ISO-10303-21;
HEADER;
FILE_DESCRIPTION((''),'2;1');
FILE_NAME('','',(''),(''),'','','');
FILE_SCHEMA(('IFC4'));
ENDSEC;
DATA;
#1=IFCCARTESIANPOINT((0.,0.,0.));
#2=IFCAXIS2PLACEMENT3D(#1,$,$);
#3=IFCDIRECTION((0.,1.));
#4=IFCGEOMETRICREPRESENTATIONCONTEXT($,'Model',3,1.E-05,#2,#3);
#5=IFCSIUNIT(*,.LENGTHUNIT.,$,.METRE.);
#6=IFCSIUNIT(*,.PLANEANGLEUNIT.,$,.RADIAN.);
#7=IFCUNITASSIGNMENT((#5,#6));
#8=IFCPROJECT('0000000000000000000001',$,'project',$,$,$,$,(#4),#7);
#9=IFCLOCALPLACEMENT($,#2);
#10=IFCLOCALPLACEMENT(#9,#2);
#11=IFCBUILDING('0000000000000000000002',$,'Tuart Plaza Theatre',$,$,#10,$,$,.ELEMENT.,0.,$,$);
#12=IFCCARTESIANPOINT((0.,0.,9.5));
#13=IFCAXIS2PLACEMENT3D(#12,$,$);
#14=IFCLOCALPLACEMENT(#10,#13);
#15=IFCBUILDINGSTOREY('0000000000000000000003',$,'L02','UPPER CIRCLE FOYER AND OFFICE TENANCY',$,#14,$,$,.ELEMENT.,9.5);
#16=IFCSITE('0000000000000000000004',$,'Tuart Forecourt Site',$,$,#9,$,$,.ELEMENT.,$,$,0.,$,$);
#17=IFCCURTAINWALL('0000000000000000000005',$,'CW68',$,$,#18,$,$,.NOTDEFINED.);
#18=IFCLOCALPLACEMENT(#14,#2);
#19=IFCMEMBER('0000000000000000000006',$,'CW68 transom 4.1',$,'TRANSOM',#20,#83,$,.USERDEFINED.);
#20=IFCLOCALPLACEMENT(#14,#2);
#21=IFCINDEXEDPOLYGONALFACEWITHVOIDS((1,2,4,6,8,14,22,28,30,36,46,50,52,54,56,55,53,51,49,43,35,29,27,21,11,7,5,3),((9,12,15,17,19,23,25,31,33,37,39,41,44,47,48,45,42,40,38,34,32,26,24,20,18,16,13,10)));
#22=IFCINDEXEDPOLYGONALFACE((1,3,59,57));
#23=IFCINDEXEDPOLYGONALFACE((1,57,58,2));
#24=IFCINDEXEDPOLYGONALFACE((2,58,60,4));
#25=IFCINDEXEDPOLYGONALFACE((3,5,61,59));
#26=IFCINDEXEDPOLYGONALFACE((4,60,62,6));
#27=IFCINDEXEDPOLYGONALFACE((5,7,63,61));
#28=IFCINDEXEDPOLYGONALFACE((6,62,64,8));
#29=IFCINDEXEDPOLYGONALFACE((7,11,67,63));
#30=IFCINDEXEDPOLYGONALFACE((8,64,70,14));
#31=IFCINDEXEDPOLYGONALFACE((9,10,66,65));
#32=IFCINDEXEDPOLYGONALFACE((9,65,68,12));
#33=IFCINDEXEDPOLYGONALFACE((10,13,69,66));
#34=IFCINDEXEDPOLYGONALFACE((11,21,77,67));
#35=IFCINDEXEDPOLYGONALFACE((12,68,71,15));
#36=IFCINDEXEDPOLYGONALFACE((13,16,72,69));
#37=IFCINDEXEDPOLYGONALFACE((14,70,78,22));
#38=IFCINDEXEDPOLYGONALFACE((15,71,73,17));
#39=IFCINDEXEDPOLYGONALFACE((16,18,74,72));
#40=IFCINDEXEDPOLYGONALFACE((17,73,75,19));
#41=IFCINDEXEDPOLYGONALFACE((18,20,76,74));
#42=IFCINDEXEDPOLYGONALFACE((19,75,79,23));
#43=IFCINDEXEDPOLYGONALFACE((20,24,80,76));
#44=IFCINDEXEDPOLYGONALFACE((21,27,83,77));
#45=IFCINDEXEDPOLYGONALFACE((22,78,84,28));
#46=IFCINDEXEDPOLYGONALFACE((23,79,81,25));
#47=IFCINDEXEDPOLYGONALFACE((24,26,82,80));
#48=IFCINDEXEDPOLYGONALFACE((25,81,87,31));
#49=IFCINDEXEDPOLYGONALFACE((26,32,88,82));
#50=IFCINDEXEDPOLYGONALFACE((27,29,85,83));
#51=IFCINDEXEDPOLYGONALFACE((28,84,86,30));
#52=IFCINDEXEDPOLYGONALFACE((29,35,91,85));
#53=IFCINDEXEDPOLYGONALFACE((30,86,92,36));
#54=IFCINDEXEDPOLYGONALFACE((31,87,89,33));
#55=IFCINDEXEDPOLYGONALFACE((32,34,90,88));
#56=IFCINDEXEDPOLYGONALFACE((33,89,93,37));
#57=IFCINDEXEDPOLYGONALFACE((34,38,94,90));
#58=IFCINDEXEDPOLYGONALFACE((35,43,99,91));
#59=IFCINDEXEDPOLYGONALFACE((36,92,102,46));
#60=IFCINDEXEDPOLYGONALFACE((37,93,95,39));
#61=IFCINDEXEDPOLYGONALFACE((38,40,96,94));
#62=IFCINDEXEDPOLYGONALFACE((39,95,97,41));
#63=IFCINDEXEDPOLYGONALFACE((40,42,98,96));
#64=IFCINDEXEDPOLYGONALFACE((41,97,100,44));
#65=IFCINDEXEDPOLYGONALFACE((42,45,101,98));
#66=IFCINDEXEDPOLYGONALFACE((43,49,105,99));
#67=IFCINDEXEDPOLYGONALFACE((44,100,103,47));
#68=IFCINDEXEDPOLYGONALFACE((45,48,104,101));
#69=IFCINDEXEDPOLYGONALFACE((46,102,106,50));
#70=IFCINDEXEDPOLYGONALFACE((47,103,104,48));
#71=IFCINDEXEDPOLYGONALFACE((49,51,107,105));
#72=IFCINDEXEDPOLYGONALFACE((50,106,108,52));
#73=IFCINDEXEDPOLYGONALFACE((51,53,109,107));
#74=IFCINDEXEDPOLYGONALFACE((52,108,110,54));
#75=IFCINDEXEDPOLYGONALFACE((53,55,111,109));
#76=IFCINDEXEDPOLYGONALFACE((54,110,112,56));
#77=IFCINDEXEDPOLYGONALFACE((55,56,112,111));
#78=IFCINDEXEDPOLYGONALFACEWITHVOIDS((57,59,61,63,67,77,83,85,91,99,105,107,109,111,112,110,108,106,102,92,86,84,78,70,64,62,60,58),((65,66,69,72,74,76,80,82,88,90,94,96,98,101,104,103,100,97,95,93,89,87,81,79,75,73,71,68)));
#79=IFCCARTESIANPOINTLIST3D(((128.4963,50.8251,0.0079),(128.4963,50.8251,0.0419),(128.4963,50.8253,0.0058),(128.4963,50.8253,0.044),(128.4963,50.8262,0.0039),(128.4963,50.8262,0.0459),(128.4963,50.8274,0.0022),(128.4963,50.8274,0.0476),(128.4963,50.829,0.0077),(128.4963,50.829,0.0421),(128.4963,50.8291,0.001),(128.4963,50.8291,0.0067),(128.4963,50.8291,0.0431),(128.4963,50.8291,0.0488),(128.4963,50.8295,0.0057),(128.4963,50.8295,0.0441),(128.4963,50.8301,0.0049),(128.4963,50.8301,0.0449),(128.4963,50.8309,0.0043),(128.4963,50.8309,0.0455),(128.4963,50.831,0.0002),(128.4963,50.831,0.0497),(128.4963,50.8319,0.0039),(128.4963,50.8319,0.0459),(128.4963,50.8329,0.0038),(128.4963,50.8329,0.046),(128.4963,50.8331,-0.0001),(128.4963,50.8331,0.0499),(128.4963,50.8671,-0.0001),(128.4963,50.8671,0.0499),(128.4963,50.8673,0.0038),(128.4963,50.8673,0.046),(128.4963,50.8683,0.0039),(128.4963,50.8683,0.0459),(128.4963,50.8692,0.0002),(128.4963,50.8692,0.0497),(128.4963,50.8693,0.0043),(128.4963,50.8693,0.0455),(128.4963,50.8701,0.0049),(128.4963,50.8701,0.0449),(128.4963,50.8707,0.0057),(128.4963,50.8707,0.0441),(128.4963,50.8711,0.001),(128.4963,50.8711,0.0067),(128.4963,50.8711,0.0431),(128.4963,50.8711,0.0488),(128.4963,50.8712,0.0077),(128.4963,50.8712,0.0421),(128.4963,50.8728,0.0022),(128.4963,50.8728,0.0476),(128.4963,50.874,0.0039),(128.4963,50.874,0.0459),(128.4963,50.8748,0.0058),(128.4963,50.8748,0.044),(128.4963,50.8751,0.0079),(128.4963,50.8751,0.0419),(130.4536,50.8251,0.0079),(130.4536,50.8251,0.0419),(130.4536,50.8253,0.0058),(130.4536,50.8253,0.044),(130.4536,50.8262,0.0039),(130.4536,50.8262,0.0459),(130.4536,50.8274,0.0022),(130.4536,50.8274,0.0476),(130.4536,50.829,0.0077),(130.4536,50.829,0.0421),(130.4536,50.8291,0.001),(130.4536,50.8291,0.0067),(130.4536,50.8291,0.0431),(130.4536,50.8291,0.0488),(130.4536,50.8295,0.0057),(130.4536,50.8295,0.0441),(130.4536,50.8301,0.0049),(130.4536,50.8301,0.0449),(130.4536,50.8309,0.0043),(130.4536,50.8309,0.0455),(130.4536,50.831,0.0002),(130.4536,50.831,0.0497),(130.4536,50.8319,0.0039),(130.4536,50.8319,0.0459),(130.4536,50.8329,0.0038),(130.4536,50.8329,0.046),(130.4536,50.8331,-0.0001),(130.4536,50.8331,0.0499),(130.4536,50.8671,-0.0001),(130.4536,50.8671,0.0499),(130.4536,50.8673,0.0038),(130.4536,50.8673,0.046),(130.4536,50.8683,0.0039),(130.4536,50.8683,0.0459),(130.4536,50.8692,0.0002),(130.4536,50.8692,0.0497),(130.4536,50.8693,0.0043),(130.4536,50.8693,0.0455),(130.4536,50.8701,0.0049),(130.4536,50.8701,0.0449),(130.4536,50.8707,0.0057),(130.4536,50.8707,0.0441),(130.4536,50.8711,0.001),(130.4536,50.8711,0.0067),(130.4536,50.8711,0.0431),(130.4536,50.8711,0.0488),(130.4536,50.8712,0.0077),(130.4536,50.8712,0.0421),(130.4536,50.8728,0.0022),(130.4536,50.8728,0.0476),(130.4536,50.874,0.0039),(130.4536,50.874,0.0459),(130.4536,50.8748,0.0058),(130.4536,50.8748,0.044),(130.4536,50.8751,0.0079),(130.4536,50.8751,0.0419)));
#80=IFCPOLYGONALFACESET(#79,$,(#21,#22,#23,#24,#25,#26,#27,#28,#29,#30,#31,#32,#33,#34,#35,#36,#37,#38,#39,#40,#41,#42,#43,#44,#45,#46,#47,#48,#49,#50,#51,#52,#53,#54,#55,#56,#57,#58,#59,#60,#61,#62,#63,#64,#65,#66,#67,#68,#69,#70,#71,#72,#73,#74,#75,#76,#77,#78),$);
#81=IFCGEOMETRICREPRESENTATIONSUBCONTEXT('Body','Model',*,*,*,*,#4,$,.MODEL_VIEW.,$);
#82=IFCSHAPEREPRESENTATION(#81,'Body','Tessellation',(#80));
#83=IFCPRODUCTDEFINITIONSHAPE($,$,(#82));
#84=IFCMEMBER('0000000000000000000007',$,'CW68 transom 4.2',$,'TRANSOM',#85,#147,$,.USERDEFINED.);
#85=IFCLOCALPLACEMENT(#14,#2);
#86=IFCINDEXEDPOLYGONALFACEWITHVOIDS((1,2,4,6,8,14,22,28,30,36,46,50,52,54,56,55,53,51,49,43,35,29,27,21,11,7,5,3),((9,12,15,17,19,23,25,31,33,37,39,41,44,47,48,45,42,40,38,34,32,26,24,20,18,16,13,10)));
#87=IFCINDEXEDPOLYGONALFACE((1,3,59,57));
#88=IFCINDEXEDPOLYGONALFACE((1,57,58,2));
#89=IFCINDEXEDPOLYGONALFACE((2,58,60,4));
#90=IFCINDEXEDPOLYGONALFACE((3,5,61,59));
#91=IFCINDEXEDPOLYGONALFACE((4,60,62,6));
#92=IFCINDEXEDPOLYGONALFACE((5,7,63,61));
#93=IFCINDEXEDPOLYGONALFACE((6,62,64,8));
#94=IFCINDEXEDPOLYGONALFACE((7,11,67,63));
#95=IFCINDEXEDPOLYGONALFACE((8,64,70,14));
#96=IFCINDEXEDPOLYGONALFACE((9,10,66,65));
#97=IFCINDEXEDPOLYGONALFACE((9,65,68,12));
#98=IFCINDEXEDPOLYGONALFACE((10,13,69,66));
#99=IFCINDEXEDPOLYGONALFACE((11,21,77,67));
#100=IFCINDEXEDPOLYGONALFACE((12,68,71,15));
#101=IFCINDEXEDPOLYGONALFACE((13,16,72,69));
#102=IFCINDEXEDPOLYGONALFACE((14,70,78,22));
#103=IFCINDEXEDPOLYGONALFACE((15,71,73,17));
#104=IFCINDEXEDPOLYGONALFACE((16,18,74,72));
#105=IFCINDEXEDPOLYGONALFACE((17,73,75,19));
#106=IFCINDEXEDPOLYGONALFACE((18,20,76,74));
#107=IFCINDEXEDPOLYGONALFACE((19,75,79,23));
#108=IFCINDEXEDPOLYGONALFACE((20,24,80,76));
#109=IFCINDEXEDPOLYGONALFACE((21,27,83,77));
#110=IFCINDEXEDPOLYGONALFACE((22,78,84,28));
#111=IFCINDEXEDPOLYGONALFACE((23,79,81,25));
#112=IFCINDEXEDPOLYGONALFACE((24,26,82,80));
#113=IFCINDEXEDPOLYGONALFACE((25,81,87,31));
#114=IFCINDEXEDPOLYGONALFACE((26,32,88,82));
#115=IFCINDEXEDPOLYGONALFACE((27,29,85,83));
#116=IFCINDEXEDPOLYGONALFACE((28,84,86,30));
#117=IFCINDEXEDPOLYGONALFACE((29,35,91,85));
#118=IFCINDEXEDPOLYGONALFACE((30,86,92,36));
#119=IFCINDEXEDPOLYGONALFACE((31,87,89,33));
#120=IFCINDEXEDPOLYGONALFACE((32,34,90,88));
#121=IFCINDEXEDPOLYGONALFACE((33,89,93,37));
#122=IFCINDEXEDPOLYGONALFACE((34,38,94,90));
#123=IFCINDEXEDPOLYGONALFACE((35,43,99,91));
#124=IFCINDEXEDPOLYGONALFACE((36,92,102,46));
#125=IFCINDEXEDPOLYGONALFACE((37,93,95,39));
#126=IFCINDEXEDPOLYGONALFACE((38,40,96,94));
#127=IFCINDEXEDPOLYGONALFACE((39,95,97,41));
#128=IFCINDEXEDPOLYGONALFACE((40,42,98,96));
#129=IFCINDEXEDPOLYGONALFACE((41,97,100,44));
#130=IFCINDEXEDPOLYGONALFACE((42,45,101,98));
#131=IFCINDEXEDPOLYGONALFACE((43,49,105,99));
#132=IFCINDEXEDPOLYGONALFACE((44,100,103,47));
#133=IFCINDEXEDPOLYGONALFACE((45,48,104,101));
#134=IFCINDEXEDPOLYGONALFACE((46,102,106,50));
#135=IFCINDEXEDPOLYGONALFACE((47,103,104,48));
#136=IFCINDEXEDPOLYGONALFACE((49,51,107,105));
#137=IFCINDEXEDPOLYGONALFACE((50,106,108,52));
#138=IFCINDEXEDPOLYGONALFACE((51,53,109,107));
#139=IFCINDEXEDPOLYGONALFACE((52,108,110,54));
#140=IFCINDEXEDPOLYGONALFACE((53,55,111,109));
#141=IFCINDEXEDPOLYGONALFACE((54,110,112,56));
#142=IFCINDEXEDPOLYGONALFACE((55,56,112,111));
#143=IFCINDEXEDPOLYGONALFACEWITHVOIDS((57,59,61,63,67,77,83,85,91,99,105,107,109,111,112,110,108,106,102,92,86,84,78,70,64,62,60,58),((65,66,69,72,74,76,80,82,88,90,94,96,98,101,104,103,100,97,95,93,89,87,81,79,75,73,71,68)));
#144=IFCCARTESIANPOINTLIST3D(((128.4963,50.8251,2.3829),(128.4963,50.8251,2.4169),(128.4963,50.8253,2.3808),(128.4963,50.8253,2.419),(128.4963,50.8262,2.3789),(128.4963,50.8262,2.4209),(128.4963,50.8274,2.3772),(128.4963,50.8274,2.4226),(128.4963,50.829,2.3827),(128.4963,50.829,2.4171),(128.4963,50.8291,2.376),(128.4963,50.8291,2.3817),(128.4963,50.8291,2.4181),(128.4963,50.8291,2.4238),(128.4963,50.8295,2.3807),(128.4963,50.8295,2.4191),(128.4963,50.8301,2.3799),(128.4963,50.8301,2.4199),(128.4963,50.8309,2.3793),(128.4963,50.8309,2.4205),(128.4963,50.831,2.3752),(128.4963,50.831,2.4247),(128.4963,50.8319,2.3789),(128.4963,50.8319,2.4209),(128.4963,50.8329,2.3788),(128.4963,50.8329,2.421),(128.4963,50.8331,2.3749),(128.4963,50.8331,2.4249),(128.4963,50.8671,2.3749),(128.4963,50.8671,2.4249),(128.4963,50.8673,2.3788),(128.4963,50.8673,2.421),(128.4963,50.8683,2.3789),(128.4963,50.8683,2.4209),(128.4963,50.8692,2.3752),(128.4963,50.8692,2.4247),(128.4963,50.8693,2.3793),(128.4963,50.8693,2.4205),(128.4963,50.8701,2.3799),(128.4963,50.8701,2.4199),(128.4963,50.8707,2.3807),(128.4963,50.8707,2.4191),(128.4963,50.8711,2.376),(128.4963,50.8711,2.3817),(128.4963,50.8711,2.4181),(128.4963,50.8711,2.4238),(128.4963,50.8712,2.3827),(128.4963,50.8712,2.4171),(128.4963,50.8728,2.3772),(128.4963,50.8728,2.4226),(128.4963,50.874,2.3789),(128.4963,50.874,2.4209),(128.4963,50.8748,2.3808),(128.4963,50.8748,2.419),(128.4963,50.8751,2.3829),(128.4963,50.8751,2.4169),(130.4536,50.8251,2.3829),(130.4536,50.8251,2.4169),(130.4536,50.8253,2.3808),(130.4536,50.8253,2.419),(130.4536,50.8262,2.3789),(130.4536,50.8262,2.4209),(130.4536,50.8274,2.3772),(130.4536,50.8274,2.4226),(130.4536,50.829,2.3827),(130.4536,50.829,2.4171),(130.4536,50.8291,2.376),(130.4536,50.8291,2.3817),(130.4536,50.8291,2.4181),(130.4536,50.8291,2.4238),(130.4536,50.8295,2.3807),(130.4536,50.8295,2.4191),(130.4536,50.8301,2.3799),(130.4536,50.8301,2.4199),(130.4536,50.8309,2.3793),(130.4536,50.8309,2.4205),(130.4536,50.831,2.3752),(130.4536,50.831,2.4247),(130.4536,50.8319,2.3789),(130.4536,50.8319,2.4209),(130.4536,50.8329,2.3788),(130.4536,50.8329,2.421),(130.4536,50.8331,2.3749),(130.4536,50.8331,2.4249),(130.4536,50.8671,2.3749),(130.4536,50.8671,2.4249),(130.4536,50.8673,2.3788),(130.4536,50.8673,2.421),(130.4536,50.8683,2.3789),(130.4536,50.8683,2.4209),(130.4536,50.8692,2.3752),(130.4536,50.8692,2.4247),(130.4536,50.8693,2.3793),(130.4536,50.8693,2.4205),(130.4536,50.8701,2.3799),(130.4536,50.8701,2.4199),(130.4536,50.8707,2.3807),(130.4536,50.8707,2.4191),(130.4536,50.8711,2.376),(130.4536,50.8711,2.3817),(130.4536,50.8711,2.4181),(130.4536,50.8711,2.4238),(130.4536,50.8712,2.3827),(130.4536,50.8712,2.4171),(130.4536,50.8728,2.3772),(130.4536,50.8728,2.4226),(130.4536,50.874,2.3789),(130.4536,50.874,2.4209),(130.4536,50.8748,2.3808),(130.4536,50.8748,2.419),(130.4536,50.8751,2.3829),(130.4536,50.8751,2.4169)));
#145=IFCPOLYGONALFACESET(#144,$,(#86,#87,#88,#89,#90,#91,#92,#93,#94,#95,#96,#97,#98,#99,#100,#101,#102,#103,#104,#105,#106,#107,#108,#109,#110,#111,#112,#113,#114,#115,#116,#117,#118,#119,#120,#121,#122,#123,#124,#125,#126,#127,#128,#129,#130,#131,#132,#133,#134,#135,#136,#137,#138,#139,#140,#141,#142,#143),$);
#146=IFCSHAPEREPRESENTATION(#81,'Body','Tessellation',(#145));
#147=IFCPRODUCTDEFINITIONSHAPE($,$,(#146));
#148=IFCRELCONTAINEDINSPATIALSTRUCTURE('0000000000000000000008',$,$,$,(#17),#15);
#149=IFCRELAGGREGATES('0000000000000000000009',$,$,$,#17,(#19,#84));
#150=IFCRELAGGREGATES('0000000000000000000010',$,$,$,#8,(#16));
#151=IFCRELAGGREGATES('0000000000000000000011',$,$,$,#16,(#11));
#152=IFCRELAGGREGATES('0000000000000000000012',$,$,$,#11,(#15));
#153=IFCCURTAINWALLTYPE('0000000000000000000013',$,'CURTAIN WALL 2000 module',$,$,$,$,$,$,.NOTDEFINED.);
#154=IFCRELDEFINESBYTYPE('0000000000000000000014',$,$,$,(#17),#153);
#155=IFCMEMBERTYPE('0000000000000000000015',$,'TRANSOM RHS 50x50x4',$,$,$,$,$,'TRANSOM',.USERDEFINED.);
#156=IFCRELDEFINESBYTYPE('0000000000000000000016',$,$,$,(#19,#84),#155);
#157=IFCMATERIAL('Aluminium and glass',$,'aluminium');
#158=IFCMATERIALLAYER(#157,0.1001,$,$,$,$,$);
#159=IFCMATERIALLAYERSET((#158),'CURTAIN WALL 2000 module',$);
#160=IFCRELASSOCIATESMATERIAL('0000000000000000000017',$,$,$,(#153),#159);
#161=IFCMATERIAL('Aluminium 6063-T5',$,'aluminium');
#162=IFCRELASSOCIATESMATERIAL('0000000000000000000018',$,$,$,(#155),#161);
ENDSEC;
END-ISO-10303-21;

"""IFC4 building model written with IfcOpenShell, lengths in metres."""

from ifc_helpers import new_model, si_unit, direction, frame, origin, origin_2d, place, context, subcontext, project, spatial, hollow_rectangle, extrude, material, layer, layer_set, material_profile, profile_set, type_object, element, aggregate, save


model = new_model("IFC4")

# Units and contexts
model_context = context("Model", 3, precision=1e-05, world=origin(), true_north=direction((0.0, 1.0)))
body_context = subcontext(model_context, "Body", "Model", "MODEL_VIEW")
ifc_project = project(units=[si_unit("LENGTHUNIT", "METRE"), si_unit("PLANEANGLEUNIT", "RADIAN")], contexts=[model_context])

# Site, building, storey
site_placement = place(None, origin())
site = spatial("IfcSite", under=ifc_project, at=site_placement, Name="Tuart Forecourt Site", CompositionType="ELEMENT", RefElevation=0.0)
building_placement = place(site_placement, origin())
building = spatial("IfcBuilding", under=site, at=building_placement, Name="Tuart Plaza Theatre", CompositionType="ELEMENT", ElevationOfRefHeight=0.0)
storey_placement = place(building_placement, frame((0.0, 0.0, 9.5)))
storey = spatial("IfcBuildingStorey", under=building, at=storey_placement, Name="L02", Description="UPPER CIRCLE FOYER AND OFFICE TENANCY", CompositionType="ELEMENT", Elevation=9.5)

# Curtain wall, members
ifc_material_1 = material(Name="Aluminium and glass", Category="aluminium")
ifc_layer_1 = layer(ifc_material_1, 0.1001)
ifc_layer_set_1 = layer_set([ifc_layer_1], Name="CURTAIN WALL 2000 module")
curtain_wall_type = type_object("IfcCurtainWallType", Name="CURTAIN WALL 2000 module", PredefinedType="NOTDEFINED", material=ifc_layer_set_1)
curtain_wall_placement = place(storey_placement, origin())
curtain_wall = element("IfcCurtainWall", 1, at=curtain_wall_placement, inside=storey, type_object=curtain_wall_type, Name="CW68", PredefinedType="NOTDEFINED")
ifc_material_2 = material(Name="Aluminium 6063-T5", Category="aluminium")
ifc_material_profile_1 = material_profile(ifc_material_2, hollow_rectangle(XDim=0.05, YDim=0.05, WallThickness=0.0039, InnerFilletRadius=0.0039, OuterFilletRadius=0.0081, at=origin_2d()), Name="RHS 50x50x4")
ifc_profile_set_1 = profile_set([ifc_material_profile_1], Name="Aluminium 6063-T5")
member_type_1 = type_object("IfcMemberType", Name="TRANSOM RHS 50x50x4", ElementType="TRANSOM", PredefinedType="USERDEFINED", material=ifc_profile_set_1)
member_1_placement = place(storey_placement, frame((128.4963, 50.8501, 0.0249), z_axis=(1.0, 0.0, 0.0), x_axis=(0.0, 1.0, 0.0)))
member_1 = element("IfcMember", 2, at=member_1_placement, type_object=member_type_1, Name="CW68 transom 4.1", ObjectType="TRANSOM", PredefinedType="USERDEFINED", context=body_context, shape_type="SweptSolid", body=[
    extrude(hollow_rectangle(XDim=0.05, YDim=0.05, WallThickness=0.0039, InnerFilletRadius=0.0039, OuterFilletRadius=0.0081, at=origin_2d()), origin(), (0.0, 0.0, 1.0), 1.9573),
])
member_2_placement = place(storey_placement, frame((128.4963, 50.8501, 2.3999), z_axis=(1.0, 0.0, 0.0), x_axis=(0.0, 1.0, 0.0)))
member_2 = element("IfcMember", 3, at=member_2_placement, type_object=member_type_1, Name="CW68 transom 4.2", ObjectType="TRANSOM", PredefinedType="USERDEFINED", context=body_context, shape_type="SweptSolid", body=[
    extrude(hollow_rectangle(XDim=0.05, YDim=0.05, WallThickness=0.0039, InnerFilletRadius=0.0039, OuterFilletRadius=0.0081, at=origin_2d()), origin(), (0.0, 0.0, 1.0), 1.9573),
])
aggregate(curtain_wall, [member_1, member_2])

save(model, "model.ifc")
